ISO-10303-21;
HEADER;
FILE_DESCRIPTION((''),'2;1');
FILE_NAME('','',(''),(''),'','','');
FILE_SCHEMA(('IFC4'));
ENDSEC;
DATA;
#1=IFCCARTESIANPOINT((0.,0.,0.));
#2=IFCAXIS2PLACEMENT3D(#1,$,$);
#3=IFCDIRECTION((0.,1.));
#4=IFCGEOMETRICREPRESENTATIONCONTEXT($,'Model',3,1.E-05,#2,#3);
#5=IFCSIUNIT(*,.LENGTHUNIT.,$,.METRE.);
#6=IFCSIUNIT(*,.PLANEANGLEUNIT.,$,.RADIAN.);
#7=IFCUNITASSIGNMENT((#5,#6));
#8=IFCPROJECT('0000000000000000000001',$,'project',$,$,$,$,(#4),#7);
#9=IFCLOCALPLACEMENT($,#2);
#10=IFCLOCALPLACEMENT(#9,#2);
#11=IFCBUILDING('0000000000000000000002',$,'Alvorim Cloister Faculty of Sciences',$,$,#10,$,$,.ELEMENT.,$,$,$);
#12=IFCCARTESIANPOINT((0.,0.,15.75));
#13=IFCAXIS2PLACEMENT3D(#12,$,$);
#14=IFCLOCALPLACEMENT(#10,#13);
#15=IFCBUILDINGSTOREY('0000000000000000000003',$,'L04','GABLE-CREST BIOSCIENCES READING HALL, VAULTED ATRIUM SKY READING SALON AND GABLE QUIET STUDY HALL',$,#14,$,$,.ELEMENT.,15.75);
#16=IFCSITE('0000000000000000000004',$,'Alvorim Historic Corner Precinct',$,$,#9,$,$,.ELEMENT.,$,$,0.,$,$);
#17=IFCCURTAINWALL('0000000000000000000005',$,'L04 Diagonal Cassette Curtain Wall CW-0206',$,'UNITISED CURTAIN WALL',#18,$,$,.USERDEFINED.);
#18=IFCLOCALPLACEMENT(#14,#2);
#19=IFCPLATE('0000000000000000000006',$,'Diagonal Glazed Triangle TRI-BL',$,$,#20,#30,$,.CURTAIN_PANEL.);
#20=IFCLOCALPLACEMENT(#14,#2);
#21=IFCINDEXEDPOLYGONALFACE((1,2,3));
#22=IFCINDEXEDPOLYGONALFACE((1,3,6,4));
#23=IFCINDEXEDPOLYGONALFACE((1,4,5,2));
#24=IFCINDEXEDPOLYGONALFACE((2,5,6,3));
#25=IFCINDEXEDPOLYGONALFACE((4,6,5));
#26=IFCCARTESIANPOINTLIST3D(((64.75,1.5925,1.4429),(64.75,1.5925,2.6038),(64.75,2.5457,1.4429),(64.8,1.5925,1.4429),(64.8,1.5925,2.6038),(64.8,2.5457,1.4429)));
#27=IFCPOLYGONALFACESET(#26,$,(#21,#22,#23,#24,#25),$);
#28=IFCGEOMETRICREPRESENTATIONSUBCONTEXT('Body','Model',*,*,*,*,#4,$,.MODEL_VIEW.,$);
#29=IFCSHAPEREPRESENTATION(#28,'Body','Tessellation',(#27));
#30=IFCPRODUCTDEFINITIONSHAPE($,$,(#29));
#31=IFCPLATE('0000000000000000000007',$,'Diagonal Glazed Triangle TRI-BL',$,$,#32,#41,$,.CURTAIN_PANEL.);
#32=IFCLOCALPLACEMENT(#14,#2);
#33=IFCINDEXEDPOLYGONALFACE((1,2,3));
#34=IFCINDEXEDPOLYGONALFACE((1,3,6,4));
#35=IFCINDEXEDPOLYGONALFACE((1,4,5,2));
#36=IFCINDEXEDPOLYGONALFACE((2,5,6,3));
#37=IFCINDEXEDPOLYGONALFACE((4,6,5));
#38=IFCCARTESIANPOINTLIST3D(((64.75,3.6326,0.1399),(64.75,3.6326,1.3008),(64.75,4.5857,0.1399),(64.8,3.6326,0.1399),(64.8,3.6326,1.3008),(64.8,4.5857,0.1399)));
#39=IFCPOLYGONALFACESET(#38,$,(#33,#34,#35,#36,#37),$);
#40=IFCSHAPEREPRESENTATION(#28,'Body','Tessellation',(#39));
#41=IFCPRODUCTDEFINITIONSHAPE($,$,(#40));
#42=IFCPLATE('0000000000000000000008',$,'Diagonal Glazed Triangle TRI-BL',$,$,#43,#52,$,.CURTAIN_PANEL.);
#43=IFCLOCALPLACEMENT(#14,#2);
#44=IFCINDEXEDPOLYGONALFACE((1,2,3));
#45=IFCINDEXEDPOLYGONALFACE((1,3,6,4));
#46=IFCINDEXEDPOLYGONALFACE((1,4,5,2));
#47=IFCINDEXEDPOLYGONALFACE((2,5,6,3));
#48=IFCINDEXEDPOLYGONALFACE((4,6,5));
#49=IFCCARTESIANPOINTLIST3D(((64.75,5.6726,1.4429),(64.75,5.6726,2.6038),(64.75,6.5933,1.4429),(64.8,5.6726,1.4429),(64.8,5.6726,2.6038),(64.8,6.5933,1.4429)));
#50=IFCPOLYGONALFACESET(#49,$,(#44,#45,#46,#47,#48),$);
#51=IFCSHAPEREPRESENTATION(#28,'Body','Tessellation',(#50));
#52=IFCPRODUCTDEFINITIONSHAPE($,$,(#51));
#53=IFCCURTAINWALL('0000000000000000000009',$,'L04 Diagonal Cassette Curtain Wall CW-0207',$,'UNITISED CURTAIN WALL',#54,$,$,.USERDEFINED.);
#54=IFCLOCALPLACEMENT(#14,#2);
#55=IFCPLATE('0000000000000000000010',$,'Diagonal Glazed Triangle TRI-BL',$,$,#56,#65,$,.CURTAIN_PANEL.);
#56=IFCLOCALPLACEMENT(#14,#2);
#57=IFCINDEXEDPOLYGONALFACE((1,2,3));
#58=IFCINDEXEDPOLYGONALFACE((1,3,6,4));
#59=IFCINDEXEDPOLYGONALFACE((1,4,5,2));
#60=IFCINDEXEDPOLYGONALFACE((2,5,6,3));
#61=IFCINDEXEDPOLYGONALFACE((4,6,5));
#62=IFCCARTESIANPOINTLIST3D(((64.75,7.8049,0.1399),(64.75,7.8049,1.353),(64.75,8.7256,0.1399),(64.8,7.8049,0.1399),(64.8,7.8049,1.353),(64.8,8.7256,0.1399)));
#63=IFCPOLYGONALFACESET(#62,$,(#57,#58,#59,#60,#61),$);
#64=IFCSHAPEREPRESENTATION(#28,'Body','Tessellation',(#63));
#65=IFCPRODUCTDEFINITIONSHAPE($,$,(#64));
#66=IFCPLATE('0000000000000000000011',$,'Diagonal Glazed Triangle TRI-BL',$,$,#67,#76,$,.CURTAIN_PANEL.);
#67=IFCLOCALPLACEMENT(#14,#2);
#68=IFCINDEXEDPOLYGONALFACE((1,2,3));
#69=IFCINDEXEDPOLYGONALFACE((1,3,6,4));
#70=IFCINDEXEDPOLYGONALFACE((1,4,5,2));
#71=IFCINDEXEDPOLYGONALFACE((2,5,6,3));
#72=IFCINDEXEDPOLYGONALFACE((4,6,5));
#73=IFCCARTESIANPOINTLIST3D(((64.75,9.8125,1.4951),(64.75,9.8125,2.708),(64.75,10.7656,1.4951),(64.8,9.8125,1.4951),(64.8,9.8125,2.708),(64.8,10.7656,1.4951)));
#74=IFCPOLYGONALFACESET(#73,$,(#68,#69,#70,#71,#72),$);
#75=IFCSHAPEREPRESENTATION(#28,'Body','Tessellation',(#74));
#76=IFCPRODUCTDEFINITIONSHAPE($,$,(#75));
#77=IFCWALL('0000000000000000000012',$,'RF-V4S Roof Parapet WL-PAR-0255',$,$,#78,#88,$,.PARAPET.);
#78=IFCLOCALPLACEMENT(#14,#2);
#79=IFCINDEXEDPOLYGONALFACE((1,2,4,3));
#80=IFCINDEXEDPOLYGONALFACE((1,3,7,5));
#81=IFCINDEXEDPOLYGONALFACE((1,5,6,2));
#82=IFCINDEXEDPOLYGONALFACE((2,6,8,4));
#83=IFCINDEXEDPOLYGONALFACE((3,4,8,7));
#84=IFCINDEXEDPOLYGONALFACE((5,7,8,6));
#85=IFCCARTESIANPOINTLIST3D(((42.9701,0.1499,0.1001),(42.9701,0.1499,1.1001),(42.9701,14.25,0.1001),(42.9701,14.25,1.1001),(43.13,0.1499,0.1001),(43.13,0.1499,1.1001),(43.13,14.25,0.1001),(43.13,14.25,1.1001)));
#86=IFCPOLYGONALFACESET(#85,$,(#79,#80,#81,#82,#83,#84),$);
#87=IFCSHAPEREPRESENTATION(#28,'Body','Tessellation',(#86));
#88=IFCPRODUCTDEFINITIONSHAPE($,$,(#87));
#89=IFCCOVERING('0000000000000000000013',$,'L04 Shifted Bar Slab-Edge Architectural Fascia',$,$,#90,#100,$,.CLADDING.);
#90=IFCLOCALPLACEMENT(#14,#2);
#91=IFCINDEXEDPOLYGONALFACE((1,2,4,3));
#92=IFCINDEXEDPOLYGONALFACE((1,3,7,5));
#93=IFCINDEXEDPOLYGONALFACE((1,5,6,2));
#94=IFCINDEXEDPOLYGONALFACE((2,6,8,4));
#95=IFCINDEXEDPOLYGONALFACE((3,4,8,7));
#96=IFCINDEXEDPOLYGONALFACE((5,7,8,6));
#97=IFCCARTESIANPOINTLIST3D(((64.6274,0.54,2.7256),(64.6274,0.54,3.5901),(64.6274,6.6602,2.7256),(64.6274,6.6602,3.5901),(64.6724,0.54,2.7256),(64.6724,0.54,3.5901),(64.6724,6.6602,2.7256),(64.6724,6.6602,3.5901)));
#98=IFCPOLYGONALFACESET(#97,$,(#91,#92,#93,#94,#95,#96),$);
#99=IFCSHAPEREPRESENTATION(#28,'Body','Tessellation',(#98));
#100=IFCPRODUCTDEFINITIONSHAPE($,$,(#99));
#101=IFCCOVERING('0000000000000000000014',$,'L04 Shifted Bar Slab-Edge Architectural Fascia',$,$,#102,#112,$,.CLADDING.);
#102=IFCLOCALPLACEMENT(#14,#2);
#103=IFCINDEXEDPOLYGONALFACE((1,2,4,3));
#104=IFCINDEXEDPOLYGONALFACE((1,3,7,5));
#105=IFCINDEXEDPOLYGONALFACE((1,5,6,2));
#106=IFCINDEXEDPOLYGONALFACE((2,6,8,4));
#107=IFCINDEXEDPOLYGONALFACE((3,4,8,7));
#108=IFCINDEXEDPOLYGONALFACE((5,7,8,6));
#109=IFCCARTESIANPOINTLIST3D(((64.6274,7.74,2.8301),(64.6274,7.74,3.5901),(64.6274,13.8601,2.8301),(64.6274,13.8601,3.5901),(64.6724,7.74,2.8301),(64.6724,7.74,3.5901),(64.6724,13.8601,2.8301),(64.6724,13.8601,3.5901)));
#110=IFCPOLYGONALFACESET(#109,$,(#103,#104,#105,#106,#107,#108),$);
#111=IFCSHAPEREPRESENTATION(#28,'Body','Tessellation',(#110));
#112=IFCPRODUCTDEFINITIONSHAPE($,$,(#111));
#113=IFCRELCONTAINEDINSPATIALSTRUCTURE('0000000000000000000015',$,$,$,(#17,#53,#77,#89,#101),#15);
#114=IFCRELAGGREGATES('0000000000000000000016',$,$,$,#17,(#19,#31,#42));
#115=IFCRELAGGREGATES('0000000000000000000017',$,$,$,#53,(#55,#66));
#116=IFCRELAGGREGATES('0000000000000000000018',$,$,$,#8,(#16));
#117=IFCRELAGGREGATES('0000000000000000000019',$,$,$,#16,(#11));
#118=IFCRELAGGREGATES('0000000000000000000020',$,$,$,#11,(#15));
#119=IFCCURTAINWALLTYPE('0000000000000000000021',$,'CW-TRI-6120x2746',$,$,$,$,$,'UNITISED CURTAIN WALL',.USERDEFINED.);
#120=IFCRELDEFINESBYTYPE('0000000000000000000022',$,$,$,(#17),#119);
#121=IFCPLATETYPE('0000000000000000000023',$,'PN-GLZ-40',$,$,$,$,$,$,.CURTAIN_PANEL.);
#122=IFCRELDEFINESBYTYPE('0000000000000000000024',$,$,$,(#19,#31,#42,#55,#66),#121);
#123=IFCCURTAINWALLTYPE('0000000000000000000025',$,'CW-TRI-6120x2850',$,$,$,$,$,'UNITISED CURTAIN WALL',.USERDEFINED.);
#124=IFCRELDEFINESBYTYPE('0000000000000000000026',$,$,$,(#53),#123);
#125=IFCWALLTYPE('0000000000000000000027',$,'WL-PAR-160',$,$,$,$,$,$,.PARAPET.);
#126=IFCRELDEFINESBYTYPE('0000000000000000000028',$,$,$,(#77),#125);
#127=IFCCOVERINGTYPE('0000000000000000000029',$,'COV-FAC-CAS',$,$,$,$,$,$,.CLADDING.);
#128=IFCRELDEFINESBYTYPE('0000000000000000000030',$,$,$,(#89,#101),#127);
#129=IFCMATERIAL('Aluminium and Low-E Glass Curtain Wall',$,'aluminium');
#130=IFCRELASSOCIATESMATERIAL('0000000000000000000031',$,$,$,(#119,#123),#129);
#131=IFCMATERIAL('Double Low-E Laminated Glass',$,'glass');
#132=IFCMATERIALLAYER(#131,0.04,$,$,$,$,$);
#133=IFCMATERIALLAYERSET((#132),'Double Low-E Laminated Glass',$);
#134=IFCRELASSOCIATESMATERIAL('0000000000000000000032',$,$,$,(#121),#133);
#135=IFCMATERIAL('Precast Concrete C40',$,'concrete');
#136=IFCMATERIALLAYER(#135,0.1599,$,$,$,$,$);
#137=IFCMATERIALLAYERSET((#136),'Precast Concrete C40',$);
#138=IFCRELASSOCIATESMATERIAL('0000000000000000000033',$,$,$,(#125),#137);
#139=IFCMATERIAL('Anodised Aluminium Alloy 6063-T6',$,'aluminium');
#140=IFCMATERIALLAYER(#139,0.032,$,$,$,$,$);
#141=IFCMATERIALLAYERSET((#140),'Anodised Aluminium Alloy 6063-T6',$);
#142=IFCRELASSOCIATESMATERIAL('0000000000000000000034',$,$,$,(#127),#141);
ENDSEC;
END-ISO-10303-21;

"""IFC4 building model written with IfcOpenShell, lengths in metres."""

from ifc_helpers import new_model, si_unit, direction, frame, frame_2d, origin, place, context, subcontext, project, spatial, polyline, rectangle, outline, extrude, material, layer, layer_set, type_object, element, aggregate, save


model = new_model("IFC4")

# Units and contexts
model_context = context("Model", 3, precision=1e-05, world=origin(), true_north=direction((0.0, 1.0)))
body_context = subcontext(model_context, "Body", "Model", "MODEL_VIEW")
ifc_project = project(units=[si_unit("LENGTHUNIT", "METRE"), si_unit("PLANEANGLEUNIT", "RADIAN")], contexts=[model_context])

# Site, building, storey
site_placement = place(None, origin())
site = spatial("IfcSite", under=ifc_project, at=site_placement, Name="Alvorim Historic Corner Precinct", CompositionType="ELEMENT", RefElevation=0.0)
building_placement = place(site_placement, origin())
building = spatial("IfcBuilding", under=site, at=building_placement, Name="Alvorim Cloister Faculty of Sciences", CompositionType="ELEMENT")
storey_placement = place(building_placement, frame((0.0, 0.0, 15.75)))
storey = spatial("IfcBuildingStorey", under=building, at=storey_placement, Name="L04", Description="GABLE-CREST BIOSCIENCES READING HALL, VAULTED ATRIUM SKY READING SALON AND GABLE QUIET STUDY HALL", CompositionType="ELEMENT", Elevation=15.75)

# Curtain walls, plates
ifc_material_1 = material(Name="Aluminium and Low-E Glass Curtain Wall", Category="aluminium")
curtain_wall_type_1 = type_object("IfcCurtainWallType", Name="CW-TRI-6120x2746", ElementType="UNITISED CURTAIN WALL", PredefinedType="USERDEFINED", material=ifc_material_1)
curtain_wall_1_placement = place(storey_placement, origin())
curtain_wall_1 = element("IfcCurtainWall", 1, at=curtain_wall_1_placement, inside=storey, type_object=curtain_wall_type_1, Name="L04 Diagonal Cassette Curtain Wall CW-0206", ObjectType="UNITISED CURTAIN WALL", PredefinedType="USERDEFINED")
ifc_material_2 = material(Name="Double Low-E Laminated Glass", Category="glass")
ifc_layer_1 = layer(ifc_material_2, 0.04)
ifc_layer_set_1 = layer_set([ifc_layer_1], Name="Double Low-E Laminated Glass")
plate_type = type_object("IfcPlateType", Name="PN-GLZ-40", PredefinedType="CURTAIN_PANEL", material=ifc_layer_set_1)
plate_1_placement = place(storey_placement, frame((64.7749, 1.5925, 1.4429), z_axis=(0.0, 0.0, 1.0), x_axis=(0.0, 1.0, 0.0)))
plate_1 = element("IfcPlate", 2, at=plate_1_placement, type_object=plate_type, Name="Diagonal Glazed Triangle TRI-BL", PredefinedType="CURTAIN_PANEL", context=body_context, shape_type="SweptSolid", body=[
    extrude(outline(polyline([(0.0, 0.0), (0.9531, 0.0), (0.0, 1.1609), (0.0, 0.0)])), frame((0.0, 0.0249, 0.0), z_axis=(0.0, -1.0, 0.0), x_axis=(1.0, 0.0, 0.0)), (0.0, 0.0, 1.0), 0.05),
])
plate_2_placement = place(storey_placement, frame((64.7749, 3.6326, 0.1399), z_axis=(0.0, 0.0, 1.0), x_axis=(0.0, 1.0, 0.0)))
plate_2 = element("IfcPlate", 3, at=plate_2_placement, type_object=plate_type, Name="Diagonal Glazed Triangle TRI-BL", PredefinedType="CURTAIN_PANEL", context=body_context, shape_type="SweptSolid", body=[
    extrude(outline(polyline([(0.0, 0.0), (0.9531, 0.0), (0.0, 1.1609), (0.0, 0.0)])), frame((0.0, 0.0249, 0.0), z_axis=(0.0, -1.0, 0.0), x_axis=(1.0, 0.0, 0.0)), (0.0, 0.0, 1.0), 0.05),
])
plate_3_placement = place(storey_placement, frame((64.7749, 5.6726, 1.4429), z_axis=(0.0, 0.0, 1.0), x_axis=(0.0, 1.0, 0.0)))
plate_3 = element("IfcPlate", 4, at=plate_3_placement, type_object=plate_type, Name="Diagonal Glazed Triangle TRI-BL", PredefinedType="CURTAIN_PANEL", context=body_context, shape_type="SweptSolid", body=[
    extrude(outline(polyline([(0.0, 0.0), (0.9207, 0.0), (0.0, 1.1609), (0.0, 0.0)])), frame((0.0, 0.0249, 0.0), z_axis=(0.0, -1.0, 0.0), x_axis=(1.0, 0.0, 0.0)), (0.0, 0.0, 1.0), 0.05),
])
aggregate(curtain_wall_1, [plate_1, plate_2, plate_3])
curtain_wall_type_2 = type_object("IfcCurtainWallType", Name="CW-TRI-6120x2850", ElementType="UNITISED CURTAIN WALL", PredefinedType="USERDEFINED", material=ifc_material_1)
curtain_wall_2_placement = place(storey_placement, origin())
curtain_wall_2 = element("IfcCurtainWall", 5, at=curtain_wall_2_placement, inside=storey, type_object=curtain_wall_type_2, Name="L04 Diagonal Cassette Curtain Wall CW-0207", ObjectType="UNITISED CURTAIN WALL", PredefinedType="USERDEFINED")
plate_4_placement = place(storey_placement, frame((64.7749, 7.8049, 0.1399), z_axis=(0.0, 0.0, 1.0), x_axis=(0.0, 1.0, 0.0)))
plate_4 = element("IfcPlate", 6, at=plate_4_placement, type_object=plate_type, Name="Diagonal Glazed Triangle TRI-BL", PredefinedType="CURTAIN_PANEL", context=body_context, shape_type="SweptSolid", body=[
    extrude(outline(polyline([(0.0, 0.0), (0.9207, 0.0), (0.0, 1.2131), (0.0, 0.0)])), frame((0.0, 0.0249, 0.0), z_axis=(0.0, -1.0, 0.0), x_axis=(1.0, 0.0, 0.0)), (0.0, 0.0, 1.0), 0.05),
])
plate_5_placement = place(storey_placement, frame((64.7749, 9.8125, 1.4951), z_axis=(0.0, 0.0, 1.0), x_axis=(0.0, 1.0, 0.0)))
plate_5 = element("IfcPlate", 7, at=plate_5_placement, type_object=plate_type, Name="Diagonal Glazed Triangle TRI-BL", PredefinedType="CURTAIN_PANEL", context=body_context, shape_type="SweptSolid", body=[
    extrude(outline(polyline([(0.0, 0.0), (0.9531, 0.0), (0.0, 1.2129), (0.0, 0.0)])), frame((0.0, 0.0249, 0.0), z_axis=(0.0, -1.0, 0.0), x_axis=(1.0, 0.0, 0.0)), (0.0, 0.0, 1.0), 0.05),
])
aggregate(curtain_wall_2, [plate_4, plate_5])

# Wall
ifc_material_3 = material(Name="Precast Concrete C40", Category="concrete")
ifc_layer_2 = layer(ifc_material_3, 0.1599)
ifc_layer_set_2 = layer_set([ifc_layer_2], Name="Precast Concrete C40")
wall_type = type_object("IfcWallType", Name="WL-PAR-160", PredefinedType="PARAPET", material=ifc_layer_set_2)
wall_placement = place(storey_placement, frame((43.05, 0.1499, 0.1001), z_axis=(0.0, 0.0, 1.0), x_axis=(0.0, 1.0, 0.0)))
element("IfcWall", 8, at=wall_placement, inside=storey, type_object=wall_type, Name="RF-V4S Roof Parapet WL-PAR-0255", PredefinedType="PARAPET", context=body_context, shape_type="SweptSolid", body=[
    extrude(rectangle(XDim=14.1001, YDim=0.1599, at=frame_2d((7.05, 0.0))), origin(), (0.0, 0.0, 1.0), 1.0),
])

# Coverings
ifc_material_4 = material(Name="Anodised Aluminium Alloy 6063-T6", Category="aluminium")
ifc_layer_3 = layer(ifc_material_4, 0.032)
ifc_layer_set_3 = layer_set([ifc_layer_3], Name="Anodised Aluminium Alloy 6063-T6")
covering_type = type_object("IfcCoveringType", Name="COV-FAC-CAS", PredefinedType="CLADDING", material=ifc_layer_set_3)
covering_1_placement = place(storey_placement, frame((64.6499, 0.54, 2.7256), z_axis=(0.0, 0.0, 1.0), x_axis=(0.0, 1.0, 0.0)))
element("IfcCovering", 9, at=covering_1_placement, inside=storey, type_object=covering_type, Name="L04 Shifted Bar Slab-Edge Architectural Fascia", PredefinedType="CLADDING", context=body_context, shape_type="SweptSolid", body=[
    extrude(outline(polyline([(0.0, 0.0), (6.1201, 0.0), (6.1201, 0.8645), (0.0, 0.8645), (0.0, 0.0)])), frame((0.0, 0.0225, 0.0), z_axis=(0.0, -1.0, 0.0), x_axis=(1.0, 0.0, 0.0)), (0.0, 0.0, 1.0), 0.0449),
])
covering_2_placement = place(storey_placement, frame((64.6499, 7.74, 2.8301), z_axis=(0.0, 0.0, 1.0), x_axis=(0.0, 1.0, 0.0)))
element("IfcCovering", 10, at=covering_2_placement, inside=storey, type_object=covering_type, Name="L04 Shifted Bar Slab-Edge Architectural Fascia", PredefinedType="CLADDING", context=body_context, shape_type="SweptSolid", body=[
    extrude(outline(polyline([(0.0, 0.0), (6.1201, 0.0), (6.1201, 0.76), (0.0, 0.76), (0.0, 0.0)])), frame((0.0, 0.0225, 0.0), z_axis=(0.0, -1.0, 0.0), x_axis=(1.0, 0.0, 0.0)), (0.0, 0.0, 1.0), 0.0449),
])

save(model, "model.ifc")
